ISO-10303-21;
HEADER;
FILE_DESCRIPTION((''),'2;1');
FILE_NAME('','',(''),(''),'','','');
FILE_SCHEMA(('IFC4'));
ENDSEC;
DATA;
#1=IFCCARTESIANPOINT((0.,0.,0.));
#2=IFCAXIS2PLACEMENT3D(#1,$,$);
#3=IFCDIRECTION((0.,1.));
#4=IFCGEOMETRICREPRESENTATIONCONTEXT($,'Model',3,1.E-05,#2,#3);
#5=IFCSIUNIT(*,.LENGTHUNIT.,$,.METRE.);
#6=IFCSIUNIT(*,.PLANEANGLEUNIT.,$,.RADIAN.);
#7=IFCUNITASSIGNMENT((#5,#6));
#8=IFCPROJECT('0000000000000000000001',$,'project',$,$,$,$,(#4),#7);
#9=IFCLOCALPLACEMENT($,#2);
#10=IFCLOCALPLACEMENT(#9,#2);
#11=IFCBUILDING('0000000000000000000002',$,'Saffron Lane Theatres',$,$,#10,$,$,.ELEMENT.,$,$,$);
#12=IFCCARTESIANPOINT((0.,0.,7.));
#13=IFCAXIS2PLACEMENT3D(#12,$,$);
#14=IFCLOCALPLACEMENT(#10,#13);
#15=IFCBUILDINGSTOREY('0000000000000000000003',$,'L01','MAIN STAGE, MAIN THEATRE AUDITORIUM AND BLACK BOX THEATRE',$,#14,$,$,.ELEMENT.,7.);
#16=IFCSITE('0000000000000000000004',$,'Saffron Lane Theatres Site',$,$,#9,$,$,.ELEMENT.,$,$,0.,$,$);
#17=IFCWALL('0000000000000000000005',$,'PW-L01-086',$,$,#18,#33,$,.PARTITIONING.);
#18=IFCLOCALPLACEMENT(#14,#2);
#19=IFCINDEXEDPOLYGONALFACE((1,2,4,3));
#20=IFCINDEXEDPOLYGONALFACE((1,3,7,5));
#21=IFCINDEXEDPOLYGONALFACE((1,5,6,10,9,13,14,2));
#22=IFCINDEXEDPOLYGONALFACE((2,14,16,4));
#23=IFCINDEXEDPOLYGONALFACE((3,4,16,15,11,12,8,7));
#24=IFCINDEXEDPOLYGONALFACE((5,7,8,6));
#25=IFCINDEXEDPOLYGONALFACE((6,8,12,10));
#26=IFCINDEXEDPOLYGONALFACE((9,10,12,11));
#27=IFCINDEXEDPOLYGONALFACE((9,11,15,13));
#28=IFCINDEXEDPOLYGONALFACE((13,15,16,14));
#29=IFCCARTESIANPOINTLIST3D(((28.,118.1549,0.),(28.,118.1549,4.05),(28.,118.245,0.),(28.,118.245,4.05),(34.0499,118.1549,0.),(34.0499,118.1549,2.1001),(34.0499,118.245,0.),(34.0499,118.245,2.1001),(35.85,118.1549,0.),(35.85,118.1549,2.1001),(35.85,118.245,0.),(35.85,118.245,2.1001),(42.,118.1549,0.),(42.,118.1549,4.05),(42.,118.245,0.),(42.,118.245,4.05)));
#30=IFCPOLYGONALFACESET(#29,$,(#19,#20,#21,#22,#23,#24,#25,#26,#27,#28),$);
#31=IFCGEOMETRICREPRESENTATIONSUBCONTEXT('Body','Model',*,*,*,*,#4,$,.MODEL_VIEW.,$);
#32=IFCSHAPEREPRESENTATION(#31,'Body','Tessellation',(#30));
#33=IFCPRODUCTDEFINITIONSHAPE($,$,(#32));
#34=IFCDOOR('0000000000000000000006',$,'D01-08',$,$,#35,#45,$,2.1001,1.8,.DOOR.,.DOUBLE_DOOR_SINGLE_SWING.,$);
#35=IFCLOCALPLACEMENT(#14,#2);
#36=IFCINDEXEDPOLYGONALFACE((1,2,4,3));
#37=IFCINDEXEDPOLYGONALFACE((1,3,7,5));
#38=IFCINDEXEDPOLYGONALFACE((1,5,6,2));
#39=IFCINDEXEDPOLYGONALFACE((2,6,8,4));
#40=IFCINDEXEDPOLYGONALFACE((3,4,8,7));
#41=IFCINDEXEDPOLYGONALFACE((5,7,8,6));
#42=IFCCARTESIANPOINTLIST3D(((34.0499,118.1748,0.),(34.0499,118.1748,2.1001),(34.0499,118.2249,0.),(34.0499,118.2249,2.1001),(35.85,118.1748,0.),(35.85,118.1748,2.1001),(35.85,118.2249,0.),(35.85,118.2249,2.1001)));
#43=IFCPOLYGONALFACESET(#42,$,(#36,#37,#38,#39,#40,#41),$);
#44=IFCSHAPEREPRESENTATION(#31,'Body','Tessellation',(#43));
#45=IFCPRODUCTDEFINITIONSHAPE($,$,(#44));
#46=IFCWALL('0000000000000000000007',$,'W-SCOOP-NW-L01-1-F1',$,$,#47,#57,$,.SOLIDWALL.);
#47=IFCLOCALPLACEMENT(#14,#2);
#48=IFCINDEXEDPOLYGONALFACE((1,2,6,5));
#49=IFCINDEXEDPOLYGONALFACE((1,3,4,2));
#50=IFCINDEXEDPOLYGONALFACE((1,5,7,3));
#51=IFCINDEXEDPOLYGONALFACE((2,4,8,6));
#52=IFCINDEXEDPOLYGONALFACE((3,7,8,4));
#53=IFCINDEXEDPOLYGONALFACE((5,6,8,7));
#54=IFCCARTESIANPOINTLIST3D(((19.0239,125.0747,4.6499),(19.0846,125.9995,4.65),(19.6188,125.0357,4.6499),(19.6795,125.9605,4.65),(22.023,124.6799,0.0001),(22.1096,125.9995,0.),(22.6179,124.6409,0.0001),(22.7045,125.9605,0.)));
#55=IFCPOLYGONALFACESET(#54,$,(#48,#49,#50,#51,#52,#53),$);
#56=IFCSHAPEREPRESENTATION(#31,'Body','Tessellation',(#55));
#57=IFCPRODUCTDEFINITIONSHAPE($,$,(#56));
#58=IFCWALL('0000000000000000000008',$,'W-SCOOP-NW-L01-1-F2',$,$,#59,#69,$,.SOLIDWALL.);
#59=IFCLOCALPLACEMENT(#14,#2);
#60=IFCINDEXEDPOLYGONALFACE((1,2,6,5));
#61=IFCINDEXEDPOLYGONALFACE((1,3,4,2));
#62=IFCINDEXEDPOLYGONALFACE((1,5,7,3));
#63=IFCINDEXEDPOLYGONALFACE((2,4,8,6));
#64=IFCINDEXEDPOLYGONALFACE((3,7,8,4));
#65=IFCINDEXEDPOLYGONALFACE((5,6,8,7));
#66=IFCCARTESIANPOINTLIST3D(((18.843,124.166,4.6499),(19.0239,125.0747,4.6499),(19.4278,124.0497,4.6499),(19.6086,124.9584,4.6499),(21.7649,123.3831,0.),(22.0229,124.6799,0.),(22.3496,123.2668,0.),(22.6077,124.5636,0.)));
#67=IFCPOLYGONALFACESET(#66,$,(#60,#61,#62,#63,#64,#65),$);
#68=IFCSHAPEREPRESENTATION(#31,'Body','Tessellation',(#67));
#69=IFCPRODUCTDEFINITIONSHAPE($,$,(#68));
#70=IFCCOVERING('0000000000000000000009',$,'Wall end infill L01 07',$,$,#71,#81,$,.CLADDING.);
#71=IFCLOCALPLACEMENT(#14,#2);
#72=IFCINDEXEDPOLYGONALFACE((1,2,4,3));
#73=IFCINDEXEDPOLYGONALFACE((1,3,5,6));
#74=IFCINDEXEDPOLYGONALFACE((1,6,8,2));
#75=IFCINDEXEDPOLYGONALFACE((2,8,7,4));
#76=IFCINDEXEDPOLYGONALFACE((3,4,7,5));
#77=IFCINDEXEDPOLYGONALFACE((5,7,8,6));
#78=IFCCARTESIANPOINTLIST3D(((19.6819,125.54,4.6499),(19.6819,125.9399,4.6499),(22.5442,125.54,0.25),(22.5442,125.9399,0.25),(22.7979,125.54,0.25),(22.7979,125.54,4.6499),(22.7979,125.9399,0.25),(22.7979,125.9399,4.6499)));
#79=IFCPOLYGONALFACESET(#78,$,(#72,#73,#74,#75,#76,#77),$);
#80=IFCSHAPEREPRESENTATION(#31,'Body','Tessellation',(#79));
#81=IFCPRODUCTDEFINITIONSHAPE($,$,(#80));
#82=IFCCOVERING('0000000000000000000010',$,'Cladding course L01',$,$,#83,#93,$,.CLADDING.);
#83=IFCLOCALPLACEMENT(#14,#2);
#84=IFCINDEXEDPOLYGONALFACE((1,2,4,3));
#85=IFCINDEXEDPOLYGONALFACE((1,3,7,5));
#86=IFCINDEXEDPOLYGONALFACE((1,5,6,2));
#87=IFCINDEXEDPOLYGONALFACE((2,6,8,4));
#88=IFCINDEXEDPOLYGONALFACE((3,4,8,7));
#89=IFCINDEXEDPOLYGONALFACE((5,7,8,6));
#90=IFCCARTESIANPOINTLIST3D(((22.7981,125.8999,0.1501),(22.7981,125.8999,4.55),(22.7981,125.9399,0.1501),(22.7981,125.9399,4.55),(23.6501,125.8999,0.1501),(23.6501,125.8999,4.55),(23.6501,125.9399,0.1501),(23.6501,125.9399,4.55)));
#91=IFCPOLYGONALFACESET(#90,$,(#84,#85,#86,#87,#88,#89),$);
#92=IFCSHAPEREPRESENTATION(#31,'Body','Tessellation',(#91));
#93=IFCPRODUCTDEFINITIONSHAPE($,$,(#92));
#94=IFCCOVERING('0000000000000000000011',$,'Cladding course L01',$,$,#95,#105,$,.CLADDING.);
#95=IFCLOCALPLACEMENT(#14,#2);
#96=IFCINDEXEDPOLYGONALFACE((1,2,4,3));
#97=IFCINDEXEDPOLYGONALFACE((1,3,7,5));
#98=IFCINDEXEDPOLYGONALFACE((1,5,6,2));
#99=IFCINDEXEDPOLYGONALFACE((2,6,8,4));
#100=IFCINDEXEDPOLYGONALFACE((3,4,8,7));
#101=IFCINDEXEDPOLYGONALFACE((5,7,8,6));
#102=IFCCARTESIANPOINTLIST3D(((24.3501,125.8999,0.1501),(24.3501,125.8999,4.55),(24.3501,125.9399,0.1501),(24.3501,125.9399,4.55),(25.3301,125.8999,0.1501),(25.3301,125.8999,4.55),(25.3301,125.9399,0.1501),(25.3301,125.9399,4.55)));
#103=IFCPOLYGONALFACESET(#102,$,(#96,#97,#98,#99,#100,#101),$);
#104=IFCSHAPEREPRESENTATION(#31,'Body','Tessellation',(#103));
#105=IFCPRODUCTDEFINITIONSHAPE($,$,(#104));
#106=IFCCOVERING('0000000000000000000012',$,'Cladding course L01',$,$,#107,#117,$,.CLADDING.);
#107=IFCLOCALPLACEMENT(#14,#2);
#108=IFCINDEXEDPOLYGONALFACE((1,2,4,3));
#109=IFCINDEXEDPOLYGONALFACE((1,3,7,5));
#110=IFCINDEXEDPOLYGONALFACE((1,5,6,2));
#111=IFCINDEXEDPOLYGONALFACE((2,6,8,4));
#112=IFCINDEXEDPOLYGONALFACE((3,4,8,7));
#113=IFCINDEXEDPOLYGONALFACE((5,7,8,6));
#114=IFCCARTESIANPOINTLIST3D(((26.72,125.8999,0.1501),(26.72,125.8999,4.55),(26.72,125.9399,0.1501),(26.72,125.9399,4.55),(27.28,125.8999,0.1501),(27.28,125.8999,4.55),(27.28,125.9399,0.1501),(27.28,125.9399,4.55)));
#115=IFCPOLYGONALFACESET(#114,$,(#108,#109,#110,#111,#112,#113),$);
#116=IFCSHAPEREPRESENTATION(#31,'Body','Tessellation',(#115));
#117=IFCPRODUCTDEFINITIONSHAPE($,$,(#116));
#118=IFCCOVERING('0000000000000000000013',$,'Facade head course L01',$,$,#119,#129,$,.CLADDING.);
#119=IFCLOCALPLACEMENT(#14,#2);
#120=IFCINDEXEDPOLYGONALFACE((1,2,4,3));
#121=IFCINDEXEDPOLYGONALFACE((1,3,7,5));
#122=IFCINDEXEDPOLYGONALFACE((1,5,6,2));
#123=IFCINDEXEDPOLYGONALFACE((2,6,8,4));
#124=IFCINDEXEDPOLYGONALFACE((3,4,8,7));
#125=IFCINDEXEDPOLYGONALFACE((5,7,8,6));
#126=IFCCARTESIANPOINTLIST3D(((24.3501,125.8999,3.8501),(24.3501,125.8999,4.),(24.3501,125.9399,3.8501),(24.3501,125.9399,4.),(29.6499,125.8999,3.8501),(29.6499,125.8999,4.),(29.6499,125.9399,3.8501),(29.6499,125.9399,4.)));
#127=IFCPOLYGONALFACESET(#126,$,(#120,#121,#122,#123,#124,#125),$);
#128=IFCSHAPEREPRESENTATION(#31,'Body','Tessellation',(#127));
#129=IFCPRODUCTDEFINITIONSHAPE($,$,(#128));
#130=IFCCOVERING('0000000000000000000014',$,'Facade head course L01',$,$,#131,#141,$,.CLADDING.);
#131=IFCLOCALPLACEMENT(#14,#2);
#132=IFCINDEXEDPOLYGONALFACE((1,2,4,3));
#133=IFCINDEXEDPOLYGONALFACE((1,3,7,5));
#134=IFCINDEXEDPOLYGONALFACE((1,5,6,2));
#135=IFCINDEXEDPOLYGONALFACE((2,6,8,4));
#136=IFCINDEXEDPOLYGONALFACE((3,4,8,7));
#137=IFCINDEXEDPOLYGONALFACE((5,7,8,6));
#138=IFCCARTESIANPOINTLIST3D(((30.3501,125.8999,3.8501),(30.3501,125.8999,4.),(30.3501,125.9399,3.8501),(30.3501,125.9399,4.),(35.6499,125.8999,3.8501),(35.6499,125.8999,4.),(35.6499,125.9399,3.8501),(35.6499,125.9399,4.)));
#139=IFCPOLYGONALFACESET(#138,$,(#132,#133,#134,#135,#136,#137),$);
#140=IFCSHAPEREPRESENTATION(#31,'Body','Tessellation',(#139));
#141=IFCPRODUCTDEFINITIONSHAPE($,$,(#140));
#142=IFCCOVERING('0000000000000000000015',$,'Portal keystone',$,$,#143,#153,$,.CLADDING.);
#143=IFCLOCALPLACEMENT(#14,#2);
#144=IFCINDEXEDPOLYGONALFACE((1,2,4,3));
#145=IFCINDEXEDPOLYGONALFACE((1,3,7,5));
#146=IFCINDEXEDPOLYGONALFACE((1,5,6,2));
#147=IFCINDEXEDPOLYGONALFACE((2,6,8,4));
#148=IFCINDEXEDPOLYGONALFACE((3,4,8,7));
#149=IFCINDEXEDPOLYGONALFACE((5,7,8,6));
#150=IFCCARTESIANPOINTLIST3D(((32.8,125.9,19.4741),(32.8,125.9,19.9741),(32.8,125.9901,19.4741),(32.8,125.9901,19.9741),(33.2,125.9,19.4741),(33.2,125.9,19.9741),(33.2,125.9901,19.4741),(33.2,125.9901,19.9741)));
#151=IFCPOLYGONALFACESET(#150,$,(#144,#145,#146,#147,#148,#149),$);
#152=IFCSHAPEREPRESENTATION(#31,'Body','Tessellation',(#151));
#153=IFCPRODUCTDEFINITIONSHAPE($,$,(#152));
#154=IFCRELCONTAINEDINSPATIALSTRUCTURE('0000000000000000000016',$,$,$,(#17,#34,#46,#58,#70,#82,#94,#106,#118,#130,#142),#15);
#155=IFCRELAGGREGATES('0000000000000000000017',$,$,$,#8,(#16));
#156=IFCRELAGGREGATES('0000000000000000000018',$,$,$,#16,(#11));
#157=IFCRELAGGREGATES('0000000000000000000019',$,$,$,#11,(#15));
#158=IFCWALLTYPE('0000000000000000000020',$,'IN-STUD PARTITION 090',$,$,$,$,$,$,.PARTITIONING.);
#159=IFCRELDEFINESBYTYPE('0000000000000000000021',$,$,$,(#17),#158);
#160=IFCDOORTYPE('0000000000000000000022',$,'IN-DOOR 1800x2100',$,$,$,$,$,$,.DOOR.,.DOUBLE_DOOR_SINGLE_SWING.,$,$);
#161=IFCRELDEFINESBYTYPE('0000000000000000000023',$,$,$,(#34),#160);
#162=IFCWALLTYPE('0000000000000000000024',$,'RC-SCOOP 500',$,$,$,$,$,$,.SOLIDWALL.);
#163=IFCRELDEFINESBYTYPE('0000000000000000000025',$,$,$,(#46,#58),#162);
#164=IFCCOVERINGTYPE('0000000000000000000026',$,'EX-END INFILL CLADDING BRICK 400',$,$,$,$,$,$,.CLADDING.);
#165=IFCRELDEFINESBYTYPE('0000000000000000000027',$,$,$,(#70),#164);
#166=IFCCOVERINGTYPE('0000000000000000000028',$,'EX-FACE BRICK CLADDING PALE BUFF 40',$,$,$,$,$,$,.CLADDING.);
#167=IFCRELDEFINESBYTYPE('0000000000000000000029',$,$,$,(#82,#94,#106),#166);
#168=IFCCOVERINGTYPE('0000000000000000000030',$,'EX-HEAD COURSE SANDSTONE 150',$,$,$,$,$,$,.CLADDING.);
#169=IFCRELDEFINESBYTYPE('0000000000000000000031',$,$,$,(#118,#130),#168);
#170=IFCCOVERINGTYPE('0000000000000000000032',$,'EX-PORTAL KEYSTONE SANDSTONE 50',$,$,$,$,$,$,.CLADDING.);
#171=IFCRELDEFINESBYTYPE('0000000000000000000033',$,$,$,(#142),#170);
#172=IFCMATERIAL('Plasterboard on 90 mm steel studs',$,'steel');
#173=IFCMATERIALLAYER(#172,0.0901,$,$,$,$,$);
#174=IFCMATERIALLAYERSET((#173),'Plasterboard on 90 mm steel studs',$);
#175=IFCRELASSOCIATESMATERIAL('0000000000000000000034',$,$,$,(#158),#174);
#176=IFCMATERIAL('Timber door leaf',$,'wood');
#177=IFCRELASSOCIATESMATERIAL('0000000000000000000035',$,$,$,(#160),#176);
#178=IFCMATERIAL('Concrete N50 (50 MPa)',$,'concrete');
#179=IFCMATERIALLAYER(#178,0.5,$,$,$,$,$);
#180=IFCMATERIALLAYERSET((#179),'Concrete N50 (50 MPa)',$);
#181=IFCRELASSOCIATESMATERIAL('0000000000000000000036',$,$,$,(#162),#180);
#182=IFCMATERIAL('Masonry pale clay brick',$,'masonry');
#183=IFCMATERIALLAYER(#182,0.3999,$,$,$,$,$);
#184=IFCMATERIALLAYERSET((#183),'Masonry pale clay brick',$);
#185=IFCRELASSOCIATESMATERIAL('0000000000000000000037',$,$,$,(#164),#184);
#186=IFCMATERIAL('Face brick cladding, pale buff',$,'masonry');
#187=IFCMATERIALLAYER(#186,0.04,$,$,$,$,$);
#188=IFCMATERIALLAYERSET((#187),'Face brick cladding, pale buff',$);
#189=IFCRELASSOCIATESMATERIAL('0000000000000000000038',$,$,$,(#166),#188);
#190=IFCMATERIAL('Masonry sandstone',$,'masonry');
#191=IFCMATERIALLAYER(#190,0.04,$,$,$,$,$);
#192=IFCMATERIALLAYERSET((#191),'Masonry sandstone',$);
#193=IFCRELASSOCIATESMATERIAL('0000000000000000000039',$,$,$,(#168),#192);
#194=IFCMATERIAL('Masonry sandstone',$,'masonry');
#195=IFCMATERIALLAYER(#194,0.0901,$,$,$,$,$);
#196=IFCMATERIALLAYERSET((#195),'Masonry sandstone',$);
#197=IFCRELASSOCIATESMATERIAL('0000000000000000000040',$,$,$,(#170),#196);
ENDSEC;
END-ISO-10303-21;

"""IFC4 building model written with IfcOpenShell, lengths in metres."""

from ifc_helpers import new_model, si_unit, direction, frame, frame_2d, origin, origin_2d, place, context, subcontext, project, spatial, polyline, rectangle, outline, extrude, material, layer, layer_set, type_object, element, fill, save


model = new_model("IFC4")

# Units and contexts
model_context = context("Model", 3, precision=1e-05, world=origin(), true_north=direction((0.0, 1.0)))
body_context = subcontext(model_context, "Body", "Model", "MODEL_VIEW")
ifc_project = project(units=[si_unit("LENGTHUNIT", "METRE"), si_unit("PLANEANGLEUNIT", "RADIAN")], contexts=[model_context])

# Site, building, storey
site_placement = place(None, origin())
site = spatial("IfcSite", under=ifc_project, at=site_placement, Name="Saffron Lane Theatres Site", CompositionType="ELEMENT", RefElevation=0.0)
building_placement = place(site_placement, origin())
building = spatial("IfcBuilding", under=site, at=building_placement, Name="Saffron Lane Theatres", CompositionType="ELEMENT")
storey_placement = place(building_placement, frame((0.0, 0.0, 7.0)))
storey = spatial("IfcBuildingStorey", under=building, at=storey_placement, Name="L01", Description="MAIN STAGE, MAIN THEATRE AUDITORIUM AND BLACK BOX THEATRE", CompositionType="ELEMENT", Elevation=7.0)

# Shared definitions
ifc_material_1 = material(Name="Plasterboard on 90 mm steel studs", Category="steel")
ifc_layer_1 = layer(ifc_material_1, 0.0901)
ifc_layer_set_1 = layer_set([ifc_layer_1], Name="Plasterboard on 90 mm steel studs")
wall_type_1 = type_object("IfcWallType", Name="IN-STUD PARTITION 090", PredefinedType="PARTITIONING", material=ifc_layer_set_1)

# Wall, opening, door
wall_1_placement = place(storey_placement, frame((28.0, 118.2, 0.0), z_axis=(0.0, 0.0, 1.0), x_axis=(1.0, 0.0, 0.0)))
wall_1 = element("IfcWall", 1, at=wall_1_placement, inside=storey, type_object=wall_type_1, Name="PW-L01-086", PredefinedType="PARTITIONING", context=body_context, shape_type="SweptSolid", body=[
    extrude(rectangle(XDim=14.0, YDim=0.0901, at=frame_2d((7.0, 0.0))), origin(), (0.0, 0.0, 1.0), 4.05),
])
opening_1_placement = place(wall_1_placement, frame((6.05, 0.0, 0.0)))
opening_1 = element("IfcOpeningElement", 2, at=opening_1_placement, cuts=wall_1, PredefinedType="OPENING", context=body_context, shape_type="SweptSolid", body=[
    extrude(rectangle(XDim=1.8, YDim=2.1001, at=frame_2d((0.8999, 1.05))), frame((0.0, 0.0552, 0.0), z_axis=(0.0, -1.0, 0.0), x_axis=(1.0, 0.0, 0.0)), (0.0, 0.0, 1.0), 0.1101),
])
ifc_material_2 = material(Name="Timber door leaf", Category="wood")
door_type = type_object("IfcDoorType", Name="IN-DOOR 1800x2100", OperationType="DOUBLE_DOOR_SINGLE_SWING", PredefinedType="DOOR", material=ifc_material_2)
door_placement = place(opening_1_placement, origin())
door = element("IfcDoor", 3, at=door_placement, inside=storey, type_object=door_type, Name="D01-08", OperationType="DOUBLE_DOOR_SINGLE_SWING", OverallHeight=2.1001, OverallWidth=1.8, PredefinedType="DOOR", context=body_context, shape_type="SweptSolid", body=[
    extrude(rectangle(XDim=1.8, YDim=2.1001, at=frame_2d((0.8999, 1.05))), frame((0.0, 0.0249, 0.0), z_axis=(0.0, -1.0, 0.0), x_axis=(1.0, 0.0, 0.0)), (0.0, 0.0, 1.0), 0.05),
])
fill(opening_1, door)

# Walls
ifc_material_3 = material(Name="Concrete N50 (50 MPa)", Category="concrete")
ifc_layer_2 = layer(ifc_material_3, 0.5)
ifc_layer_set_2 = layer_set([ifc_layer_2], Name="Concrete N50 (50 MPa)")
wall_type_2 = type_object("IfcWallType", Name="RC-SCOOP 500", PredefinedType="SOLIDWALL", material=ifc_layer_set_2)
wall_2_placement = place(storey_placement, frame((22.1096, 125.9995, 0.0), z_axis=(0.836966, -0.054899, 0.544495), x_axis=(-0.065478, -0.997854, 0.000039)))
element("IfcWall", 4, at=wall_2_placement, inside=storey, type_object=wall_type_2, Name="W-SCOOP-NW-L01-1-F1", PredefinedType="SOLIDWALL", context=body_context, shape_type="SweptSolid", body=[
    extrude(outline(polyline([(0.0, 0.0), (1.3224, 0.0), (1.125, -5.5437), (0.1983, -5.5438), (0.0, 0.0)])), origin(), (-0.000075, 0.544495, 0.838764), 0.5962),
])
wall_3_placement = place(storey_placement, frame((22.0229, 124.6799, 0.0), z_axis=(0.822638, -0.163726, 0.544482), x_axis=(-0.195186, -0.980766, -0.000019)))
element("IfcWall", 5, at=wall_3_placement, inside=storey, type_object=wall_type_2, Name="W-SCOOP-NW-L01-1-F2", PredefinedType="SOLIDWALL", context=body_context, shape_type="SweptSolid", body=[
    extrude(outline(polyline([(0.0, 0.0), (1.3223, 0.0), (1.1246, -5.5437), (0.1981, -5.5437), (0.0, 0.0)])), origin(), (-0.000097, 0.544482, 0.838772), 0.5962),
])

# Coverings
ifc_material_4 = material(Name="Masonry pale clay brick", Category="masonry")
ifc_layer_3 = layer(ifc_material_4, 0.3999)
ifc_layer_set_3 = layer_set([ifc_layer_3], Name="Masonry pale clay brick")
covering_type_1 = type_object("IfcCoveringType", Name="EX-END INFILL CLADDING BRICK 400", PredefinedType="CLADDING", material=ifc_layer_set_3)
covering_1_placement = place(storey_placement, frame((22.7979, 125.9399, 4.6499), z_axis=(0.0, 1.0, 0.0), x_axis=(0.0, 0.0, -1.0)))
element("IfcCovering", 6, at=covering_1_placement, inside=storey, type_object=covering_type_1, Name="Wall end infill L01 07", PredefinedType="CLADDING", context=body_context, shape_type="SweptSolid", body=[
    extrude(outline(polyline([(0.0, 0.0), (4.3999, 0.0), (4.3999, 0.2537), (0.0, 3.116), (0.0, 0.0)])), origin(), (0.0, 0.0, -1.0), 0.3999),
])
ifc_material_5 = material(Name="Face brick cladding, pale buff", Category="masonry")
ifc_layer_4 = layer(ifc_material_5, 0.04)
ifc_layer_set_4 = layer_set([ifc_layer_4], Name="Face brick cladding, pale buff")
covering_type_2 = type_object("IfcCoveringType", Name="EX-FACE BRICK CLADDING PALE BUFF 40", PredefinedType="CLADDING", material=ifc_layer_set_4)
covering_2_placement = place(storey_placement, frame((23.2241, 125.9199, 0.1501), z_axis=(0.0, 0.0, 1.0), x_axis=(1.0, 0.0, 0.0)))
element("IfcCovering", 7, at=covering_2_placement, inside=storey, type_object=covering_type_2, Name="Cladding course L01", PredefinedType="CLADDING", context=body_context, shape_type="SweptSolid", body=[
    extrude(rectangle(XDim=0.8521, YDim=0.04, at=origin_2d()), origin(), (0.0, 0.0, 1.0), 4.3999),
])
covering_3_placement = place(storey_placement, frame((24.8401, 125.9199, 0.1501), z_axis=(0.0, 0.0, 1.0), x_axis=(1.0, 0.0, 0.0)))
element("IfcCovering", 8, at=covering_3_placement, inside=storey, type_object=covering_type_2, Name="Cladding course L01", PredefinedType="CLADDING", context=body_context, shape_type="SweptSolid", body=[
    extrude(rectangle(XDim=0.98, YDim=0.04, at=origin_2d()), origin(), (0.0, 0.0, 1.0), 4.3999),
])
covering_4_placement = place(storey_placement, frame((27.0, 125.9199, 0.1501), z_axis=(0.0, 0.0, 1.0), x_axis=(1.0, 0.0, 0.0)))
element("IfcCovering", 9, at=covering_4_placement, inside=storey, type_object=covering_type_2, Name="Cladding course L01", PredefinedType="CLADDING", context=body_context, shape_type="SweptSolid", body=[
    extrude(rectangle(XDim=0.5601, YDim=0.04, at=origin_2d()), origin(), (0.0, 0.0, 1.0), 4.3999),
])
ifc_material_6 = material(Name="Masonry sandstone", Category="masonry")
ifc_layer_5 = layer(ifc_material_6, 0.04)
ifc_layer_set_5 = layer_set([ifc_layer_5], Name="Masonry sandstone")
covering_type_3 = type_object("IfcCoveringType", Name="EX-HEAD COURSE SANDSTONE 150", PredefinedType="CLADDING", material=ifc_layer_set_5)
for number, where, z_axis, x_axis, name in (
    (10, (27.0, 125.9199, 3.8501), (0.0, 0.0, 1.0), (1.0, 0.0, 0.0), "Facade head course L01"),
    (11, (33.0, 125.9199, 3.8501), (0.0, 0.0, 1.0), (1.0, 0.0, 0.0), "Facade head course L01"),
):
    element("IfcCovering", number, at=place(storey_placement, frame(where, z_axis=z_axis, x_axis=x_axis)), inside=storey, type_object=covering_type_3, Name=name, PredefinedType="CLADDING", context=body_context, shape_type="SweptSolid", body=[
        extrude(rectangle(XDim=5.2998, YDim=0.04, at=origin_2d()), origin(), (0.0, 0.0, 1.0), 0.1499),
    ])
ifc_material_7 = material(Name="Masonry sandstone", Category="masonry")
ifc_layer_6 = layer(ifc_material_7, 0.0901)
ifc_layer_set_6 = layer_set([ifc_layer_6], Name="Masonry sandstone")
covering_type_4 = type_object("IfcCoveringType", Name="EX-PORTAL KEYSTONE SANDSTONE 50", PredefinedType="CLADDING", material=ifc_layer_set_6)
covering_5_placement = place(storey_placement, frame((33.0, 125.9451, 19.4741), z_axis=(0.0, 0.0, 1.0), x_axis=(1.0, 0.0, 0.0)))
element("IfcCovering", 12, at=covering_5_placement, inside=storey, type_object=covering_type_4, Name="Portal keystone", PredefinedType="CLADDING", context=body_context, shape_type="SweptSolid", body=[
    extrude(rectangle(XDim=0.3999, YDim=0.0901, at=origin_2d()), origin(), (0.0, 0.0, 1.0), 0.5),
])

save(model, "model.ifc")
